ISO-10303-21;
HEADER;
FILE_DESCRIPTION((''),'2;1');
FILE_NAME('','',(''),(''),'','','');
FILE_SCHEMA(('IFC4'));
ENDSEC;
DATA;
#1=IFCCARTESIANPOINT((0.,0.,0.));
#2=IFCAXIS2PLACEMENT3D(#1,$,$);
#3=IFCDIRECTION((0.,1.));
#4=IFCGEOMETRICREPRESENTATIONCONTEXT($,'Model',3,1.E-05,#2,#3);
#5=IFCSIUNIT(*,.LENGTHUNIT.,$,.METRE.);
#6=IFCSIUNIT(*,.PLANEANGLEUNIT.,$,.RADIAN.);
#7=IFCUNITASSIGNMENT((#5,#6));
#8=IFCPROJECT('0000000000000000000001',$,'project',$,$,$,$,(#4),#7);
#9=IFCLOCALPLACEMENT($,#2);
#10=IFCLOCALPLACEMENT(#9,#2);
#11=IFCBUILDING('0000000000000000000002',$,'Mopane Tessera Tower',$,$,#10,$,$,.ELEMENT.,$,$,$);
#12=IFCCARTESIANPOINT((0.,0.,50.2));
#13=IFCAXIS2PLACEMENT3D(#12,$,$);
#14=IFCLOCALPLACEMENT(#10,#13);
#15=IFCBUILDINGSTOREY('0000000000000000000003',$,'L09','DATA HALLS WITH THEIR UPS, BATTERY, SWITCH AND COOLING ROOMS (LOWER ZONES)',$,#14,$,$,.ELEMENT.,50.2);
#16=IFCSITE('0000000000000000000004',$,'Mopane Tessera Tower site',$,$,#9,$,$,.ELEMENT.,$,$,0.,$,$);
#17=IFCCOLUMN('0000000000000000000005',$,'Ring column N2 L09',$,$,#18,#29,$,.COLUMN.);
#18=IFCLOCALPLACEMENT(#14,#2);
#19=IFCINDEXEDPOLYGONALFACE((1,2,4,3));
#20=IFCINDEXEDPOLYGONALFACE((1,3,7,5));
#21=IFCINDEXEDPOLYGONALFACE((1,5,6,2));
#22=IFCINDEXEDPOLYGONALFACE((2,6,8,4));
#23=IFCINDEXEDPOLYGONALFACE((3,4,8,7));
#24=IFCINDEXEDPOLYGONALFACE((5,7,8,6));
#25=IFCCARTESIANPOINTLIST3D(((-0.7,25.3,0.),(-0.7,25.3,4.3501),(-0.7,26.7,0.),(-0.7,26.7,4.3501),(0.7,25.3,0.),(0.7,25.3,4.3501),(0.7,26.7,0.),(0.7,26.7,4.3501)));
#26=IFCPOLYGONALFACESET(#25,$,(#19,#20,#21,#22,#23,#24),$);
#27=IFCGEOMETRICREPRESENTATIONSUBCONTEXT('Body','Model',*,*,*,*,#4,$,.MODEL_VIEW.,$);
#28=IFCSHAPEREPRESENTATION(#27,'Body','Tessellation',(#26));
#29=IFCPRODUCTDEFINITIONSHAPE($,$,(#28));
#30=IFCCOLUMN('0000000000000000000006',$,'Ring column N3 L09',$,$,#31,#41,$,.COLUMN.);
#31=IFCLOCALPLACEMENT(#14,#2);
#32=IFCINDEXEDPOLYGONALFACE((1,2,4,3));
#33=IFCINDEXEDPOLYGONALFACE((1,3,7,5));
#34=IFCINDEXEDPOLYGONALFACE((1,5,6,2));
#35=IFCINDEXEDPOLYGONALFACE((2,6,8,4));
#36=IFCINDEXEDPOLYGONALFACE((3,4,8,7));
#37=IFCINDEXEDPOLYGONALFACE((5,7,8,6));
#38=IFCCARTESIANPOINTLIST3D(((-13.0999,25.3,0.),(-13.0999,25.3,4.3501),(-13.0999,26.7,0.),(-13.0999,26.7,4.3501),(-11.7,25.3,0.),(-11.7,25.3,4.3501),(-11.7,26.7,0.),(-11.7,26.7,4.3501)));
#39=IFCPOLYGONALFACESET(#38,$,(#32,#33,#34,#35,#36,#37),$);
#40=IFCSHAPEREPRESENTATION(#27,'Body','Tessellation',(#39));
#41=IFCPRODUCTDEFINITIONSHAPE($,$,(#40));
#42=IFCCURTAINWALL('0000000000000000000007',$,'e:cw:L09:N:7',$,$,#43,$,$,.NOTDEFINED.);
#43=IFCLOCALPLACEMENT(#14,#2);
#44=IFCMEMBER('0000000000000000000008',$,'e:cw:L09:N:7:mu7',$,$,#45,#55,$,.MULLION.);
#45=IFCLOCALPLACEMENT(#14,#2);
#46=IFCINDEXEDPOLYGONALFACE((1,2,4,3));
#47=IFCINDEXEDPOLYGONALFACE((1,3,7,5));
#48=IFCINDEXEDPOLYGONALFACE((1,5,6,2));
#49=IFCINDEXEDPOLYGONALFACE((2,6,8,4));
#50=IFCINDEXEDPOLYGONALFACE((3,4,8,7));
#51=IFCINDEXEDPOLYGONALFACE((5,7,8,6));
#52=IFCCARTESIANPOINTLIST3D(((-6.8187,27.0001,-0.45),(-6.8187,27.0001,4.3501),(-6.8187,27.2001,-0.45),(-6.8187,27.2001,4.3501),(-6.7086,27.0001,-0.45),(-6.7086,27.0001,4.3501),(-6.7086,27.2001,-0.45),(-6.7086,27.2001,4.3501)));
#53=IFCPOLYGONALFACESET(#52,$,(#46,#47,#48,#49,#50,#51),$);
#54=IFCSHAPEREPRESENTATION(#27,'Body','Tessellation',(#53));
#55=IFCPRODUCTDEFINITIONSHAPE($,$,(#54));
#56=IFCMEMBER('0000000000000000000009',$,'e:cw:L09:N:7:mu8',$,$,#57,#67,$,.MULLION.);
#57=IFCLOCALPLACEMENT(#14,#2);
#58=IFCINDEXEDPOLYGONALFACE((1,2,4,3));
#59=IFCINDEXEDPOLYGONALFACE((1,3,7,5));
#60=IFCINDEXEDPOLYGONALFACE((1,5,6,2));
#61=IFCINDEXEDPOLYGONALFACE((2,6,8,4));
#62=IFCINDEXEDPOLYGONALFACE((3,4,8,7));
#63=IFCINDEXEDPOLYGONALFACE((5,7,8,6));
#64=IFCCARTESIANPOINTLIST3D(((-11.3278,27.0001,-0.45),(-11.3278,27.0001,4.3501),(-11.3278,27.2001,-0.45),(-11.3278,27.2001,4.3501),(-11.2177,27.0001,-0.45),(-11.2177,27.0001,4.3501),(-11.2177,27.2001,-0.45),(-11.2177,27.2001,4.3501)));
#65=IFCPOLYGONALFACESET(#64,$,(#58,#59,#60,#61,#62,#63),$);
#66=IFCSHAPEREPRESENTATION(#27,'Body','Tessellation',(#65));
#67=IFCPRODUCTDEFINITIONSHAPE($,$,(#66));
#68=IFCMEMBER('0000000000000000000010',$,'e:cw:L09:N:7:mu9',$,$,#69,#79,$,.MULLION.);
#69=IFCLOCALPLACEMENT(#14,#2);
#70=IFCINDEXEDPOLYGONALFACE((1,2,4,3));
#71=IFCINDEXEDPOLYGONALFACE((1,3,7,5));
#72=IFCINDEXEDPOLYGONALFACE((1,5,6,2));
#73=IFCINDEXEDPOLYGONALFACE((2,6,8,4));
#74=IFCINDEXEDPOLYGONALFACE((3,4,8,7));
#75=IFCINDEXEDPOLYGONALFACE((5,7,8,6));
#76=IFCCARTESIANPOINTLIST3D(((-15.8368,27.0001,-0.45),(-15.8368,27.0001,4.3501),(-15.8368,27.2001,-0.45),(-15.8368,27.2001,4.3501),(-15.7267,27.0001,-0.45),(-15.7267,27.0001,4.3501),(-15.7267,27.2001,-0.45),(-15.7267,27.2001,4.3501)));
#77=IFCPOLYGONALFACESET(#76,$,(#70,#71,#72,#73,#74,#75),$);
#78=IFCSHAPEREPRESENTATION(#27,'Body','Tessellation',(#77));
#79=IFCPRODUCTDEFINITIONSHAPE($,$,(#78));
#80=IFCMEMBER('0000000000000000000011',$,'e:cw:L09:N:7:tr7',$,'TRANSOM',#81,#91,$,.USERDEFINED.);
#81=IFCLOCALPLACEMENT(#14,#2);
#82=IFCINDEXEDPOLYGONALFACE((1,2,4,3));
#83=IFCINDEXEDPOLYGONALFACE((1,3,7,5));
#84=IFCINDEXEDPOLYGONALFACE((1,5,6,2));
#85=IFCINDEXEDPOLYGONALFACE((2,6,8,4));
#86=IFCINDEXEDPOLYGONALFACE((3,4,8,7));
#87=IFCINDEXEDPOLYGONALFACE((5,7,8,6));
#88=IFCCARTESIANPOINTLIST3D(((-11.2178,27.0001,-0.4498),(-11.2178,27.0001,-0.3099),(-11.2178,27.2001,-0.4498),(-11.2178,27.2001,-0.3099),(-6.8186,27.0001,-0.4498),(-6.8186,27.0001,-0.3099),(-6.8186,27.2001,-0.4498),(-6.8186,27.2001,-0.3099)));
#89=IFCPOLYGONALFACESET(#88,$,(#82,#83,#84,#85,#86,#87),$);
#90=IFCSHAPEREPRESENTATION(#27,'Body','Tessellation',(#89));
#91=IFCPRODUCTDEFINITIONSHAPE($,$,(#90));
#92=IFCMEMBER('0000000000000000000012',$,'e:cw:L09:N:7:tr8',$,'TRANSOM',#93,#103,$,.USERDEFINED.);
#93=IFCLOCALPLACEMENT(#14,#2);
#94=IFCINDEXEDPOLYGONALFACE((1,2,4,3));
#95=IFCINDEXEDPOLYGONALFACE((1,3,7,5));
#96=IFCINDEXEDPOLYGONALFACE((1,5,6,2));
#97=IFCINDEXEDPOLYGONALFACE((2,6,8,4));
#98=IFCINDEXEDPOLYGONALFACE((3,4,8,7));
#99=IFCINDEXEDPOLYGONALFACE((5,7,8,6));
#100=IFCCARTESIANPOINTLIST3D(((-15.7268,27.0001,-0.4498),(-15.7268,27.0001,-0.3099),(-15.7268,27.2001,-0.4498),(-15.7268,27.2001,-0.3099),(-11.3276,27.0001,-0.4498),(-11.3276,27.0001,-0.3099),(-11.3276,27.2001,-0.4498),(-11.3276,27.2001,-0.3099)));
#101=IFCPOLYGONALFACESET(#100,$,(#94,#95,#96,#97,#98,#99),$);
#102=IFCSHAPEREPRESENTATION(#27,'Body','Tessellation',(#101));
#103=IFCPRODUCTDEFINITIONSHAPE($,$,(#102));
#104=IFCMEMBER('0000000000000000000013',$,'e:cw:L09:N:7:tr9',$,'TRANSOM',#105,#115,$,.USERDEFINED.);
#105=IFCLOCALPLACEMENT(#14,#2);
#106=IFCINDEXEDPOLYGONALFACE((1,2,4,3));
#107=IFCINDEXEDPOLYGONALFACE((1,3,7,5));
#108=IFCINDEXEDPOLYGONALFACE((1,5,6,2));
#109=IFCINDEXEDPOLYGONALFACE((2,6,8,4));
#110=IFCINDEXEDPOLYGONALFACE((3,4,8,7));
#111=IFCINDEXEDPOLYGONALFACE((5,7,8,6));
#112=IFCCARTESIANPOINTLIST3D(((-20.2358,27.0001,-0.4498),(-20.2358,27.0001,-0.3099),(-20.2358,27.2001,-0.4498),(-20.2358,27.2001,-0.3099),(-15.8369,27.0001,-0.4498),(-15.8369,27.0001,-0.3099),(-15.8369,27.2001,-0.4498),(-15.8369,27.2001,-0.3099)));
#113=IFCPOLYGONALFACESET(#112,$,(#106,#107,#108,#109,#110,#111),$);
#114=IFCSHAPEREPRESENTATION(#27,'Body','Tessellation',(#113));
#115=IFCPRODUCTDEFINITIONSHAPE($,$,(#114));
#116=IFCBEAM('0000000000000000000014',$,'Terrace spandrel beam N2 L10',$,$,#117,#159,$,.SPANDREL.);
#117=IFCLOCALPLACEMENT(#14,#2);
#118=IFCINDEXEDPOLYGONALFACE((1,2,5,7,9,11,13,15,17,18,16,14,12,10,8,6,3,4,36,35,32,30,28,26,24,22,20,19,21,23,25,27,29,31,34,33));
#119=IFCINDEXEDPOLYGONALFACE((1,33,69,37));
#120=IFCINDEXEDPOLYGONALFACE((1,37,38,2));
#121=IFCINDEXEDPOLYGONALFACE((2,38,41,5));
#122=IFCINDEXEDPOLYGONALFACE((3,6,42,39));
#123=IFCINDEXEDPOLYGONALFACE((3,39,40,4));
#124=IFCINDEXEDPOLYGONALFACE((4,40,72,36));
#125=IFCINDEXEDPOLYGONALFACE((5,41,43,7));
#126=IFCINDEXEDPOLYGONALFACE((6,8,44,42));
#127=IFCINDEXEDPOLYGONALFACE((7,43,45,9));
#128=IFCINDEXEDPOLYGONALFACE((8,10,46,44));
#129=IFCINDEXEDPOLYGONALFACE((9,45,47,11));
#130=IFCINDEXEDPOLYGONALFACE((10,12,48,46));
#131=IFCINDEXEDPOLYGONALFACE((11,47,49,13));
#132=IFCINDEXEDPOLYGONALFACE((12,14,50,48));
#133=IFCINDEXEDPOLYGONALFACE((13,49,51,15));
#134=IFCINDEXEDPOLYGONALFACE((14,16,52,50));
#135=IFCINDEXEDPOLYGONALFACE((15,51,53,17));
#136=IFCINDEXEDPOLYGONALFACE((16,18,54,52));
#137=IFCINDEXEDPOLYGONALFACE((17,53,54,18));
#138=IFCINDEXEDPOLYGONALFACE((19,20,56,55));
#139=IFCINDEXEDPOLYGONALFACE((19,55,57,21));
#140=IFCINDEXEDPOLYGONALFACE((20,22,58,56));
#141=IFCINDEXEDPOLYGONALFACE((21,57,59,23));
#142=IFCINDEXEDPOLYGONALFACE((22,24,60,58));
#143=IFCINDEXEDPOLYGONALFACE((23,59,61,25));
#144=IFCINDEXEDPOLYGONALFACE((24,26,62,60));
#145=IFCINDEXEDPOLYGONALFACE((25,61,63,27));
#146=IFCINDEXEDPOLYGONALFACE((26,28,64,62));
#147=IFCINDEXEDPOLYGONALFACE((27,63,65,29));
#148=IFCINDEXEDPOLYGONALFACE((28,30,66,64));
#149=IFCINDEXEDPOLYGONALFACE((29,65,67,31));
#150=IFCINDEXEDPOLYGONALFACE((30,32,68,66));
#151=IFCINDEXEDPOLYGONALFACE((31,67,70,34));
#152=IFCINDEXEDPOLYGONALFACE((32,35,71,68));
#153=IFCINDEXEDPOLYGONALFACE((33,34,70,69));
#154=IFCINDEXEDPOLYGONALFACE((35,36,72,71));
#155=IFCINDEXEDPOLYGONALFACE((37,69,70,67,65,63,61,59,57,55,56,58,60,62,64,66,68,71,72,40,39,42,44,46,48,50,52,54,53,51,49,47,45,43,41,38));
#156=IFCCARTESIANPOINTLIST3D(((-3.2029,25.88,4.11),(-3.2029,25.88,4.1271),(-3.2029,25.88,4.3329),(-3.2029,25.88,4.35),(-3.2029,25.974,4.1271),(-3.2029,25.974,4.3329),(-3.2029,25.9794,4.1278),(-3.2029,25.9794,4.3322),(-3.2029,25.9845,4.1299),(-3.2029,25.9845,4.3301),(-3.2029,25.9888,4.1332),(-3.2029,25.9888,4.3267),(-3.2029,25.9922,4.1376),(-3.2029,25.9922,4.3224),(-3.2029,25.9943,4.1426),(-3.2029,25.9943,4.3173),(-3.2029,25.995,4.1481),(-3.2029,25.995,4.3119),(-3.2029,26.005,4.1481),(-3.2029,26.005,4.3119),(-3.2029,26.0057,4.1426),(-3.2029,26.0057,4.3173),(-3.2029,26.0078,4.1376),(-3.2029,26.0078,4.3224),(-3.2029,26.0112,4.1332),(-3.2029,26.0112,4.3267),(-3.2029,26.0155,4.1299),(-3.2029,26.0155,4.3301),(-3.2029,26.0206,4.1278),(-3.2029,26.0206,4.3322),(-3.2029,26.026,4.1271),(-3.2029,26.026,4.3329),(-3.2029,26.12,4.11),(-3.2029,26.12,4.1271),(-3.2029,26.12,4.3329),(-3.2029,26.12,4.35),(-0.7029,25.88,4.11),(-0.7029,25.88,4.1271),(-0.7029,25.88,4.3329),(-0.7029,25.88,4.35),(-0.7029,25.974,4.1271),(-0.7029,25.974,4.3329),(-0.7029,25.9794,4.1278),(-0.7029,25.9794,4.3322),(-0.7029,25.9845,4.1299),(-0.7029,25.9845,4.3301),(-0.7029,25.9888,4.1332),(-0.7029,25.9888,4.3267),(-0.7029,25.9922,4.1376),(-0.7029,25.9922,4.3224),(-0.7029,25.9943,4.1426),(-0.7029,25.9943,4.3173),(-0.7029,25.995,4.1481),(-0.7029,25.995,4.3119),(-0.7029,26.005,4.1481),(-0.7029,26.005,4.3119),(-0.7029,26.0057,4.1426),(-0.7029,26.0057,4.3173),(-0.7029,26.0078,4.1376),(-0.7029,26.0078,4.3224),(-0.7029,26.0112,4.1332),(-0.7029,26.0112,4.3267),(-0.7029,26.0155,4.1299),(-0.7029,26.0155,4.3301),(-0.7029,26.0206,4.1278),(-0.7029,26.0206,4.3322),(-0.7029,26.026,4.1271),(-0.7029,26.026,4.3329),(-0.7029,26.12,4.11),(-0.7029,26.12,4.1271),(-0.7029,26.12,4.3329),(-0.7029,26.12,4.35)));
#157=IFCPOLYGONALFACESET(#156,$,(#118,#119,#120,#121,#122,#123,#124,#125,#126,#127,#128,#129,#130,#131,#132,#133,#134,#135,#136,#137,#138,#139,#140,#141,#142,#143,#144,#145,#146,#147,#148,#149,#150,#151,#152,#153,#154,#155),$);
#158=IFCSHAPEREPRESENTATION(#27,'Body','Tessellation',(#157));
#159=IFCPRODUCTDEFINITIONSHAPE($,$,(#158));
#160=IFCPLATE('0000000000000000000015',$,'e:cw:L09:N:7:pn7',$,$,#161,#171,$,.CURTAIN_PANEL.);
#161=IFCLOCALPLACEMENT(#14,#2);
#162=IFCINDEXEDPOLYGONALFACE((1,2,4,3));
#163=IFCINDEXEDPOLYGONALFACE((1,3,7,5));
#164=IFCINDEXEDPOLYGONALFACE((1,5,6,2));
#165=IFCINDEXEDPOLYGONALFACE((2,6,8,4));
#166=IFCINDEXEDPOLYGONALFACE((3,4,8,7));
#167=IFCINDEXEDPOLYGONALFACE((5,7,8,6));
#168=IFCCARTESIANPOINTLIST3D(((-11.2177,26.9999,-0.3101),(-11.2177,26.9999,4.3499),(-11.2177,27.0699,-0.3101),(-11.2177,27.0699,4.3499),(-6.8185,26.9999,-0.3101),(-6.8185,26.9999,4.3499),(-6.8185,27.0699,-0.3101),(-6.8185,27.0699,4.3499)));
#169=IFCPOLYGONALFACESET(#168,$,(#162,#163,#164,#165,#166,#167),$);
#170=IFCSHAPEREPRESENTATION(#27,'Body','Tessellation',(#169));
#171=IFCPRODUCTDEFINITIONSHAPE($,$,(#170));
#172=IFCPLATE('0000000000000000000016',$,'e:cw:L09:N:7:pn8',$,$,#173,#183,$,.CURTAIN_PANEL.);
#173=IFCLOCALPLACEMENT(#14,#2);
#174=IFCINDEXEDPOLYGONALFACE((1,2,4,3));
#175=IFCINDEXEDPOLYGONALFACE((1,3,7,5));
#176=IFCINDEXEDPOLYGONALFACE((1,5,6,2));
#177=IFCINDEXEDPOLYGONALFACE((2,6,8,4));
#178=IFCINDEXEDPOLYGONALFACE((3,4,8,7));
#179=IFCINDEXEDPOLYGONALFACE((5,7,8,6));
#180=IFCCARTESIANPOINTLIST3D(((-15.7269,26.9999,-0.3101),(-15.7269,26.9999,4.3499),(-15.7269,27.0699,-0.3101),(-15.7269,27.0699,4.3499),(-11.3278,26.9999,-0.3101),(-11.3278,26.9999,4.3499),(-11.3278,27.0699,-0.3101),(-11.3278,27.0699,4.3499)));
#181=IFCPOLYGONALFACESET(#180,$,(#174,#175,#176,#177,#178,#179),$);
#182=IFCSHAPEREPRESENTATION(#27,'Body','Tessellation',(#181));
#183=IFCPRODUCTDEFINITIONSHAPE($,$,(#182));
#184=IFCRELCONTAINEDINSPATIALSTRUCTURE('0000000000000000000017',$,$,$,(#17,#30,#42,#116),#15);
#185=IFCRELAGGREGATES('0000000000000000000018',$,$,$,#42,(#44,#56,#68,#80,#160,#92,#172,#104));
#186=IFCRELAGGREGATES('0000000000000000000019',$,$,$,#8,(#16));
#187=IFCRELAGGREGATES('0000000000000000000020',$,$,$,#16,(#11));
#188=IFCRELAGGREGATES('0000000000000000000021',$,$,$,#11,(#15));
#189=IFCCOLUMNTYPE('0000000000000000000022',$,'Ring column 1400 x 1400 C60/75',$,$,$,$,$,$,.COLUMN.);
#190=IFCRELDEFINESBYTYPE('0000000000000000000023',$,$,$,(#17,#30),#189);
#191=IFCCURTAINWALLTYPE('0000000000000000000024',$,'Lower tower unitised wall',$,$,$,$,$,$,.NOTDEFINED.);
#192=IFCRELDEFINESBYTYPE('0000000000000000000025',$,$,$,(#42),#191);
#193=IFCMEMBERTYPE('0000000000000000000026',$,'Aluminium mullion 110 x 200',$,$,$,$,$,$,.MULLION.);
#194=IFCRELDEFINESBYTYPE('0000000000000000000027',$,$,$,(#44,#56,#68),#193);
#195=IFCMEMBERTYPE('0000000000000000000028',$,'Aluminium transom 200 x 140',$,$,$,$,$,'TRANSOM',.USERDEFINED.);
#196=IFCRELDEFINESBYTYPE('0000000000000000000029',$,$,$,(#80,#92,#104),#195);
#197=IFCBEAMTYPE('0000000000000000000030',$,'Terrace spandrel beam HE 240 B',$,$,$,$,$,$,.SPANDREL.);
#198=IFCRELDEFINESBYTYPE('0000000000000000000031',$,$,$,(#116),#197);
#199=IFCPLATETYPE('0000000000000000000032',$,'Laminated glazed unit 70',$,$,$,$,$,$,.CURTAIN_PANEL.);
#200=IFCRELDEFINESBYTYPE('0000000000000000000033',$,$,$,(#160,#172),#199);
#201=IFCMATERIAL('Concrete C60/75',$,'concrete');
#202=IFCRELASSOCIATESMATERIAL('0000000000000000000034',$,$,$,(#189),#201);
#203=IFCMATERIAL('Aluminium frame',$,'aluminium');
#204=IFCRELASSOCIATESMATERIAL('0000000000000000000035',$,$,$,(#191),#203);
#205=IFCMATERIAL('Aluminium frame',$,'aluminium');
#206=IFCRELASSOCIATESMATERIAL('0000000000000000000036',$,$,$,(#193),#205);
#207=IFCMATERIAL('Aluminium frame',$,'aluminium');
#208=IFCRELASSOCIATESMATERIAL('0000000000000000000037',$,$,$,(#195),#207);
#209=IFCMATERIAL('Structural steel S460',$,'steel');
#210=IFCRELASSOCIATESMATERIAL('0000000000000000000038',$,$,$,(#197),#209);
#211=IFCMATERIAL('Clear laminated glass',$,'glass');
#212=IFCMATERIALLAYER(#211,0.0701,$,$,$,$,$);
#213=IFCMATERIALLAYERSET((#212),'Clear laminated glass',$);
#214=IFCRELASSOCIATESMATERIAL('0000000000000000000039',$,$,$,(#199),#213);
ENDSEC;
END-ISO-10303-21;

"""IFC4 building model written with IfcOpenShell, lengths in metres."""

from ifc_helpers import new_model, si_unit, direction, frame, origin, origin_2d, place, context, subcontext, project, spatial, rectangle, i_section, extrude, material, layer, layer_set, material_profile, profile_set, type_object, element, aggregate, save


model = new_model("IFC4")

# Units and contexts
model_context = context("Model", 3, precision=1e-05, world=origin(), true_north=direction((0.0, 1.0)))
body_context = subcontext(model_context, "Body", "Model", "MODEL_VIEW")
ifc_project = project(units=[si_unit("LENGTHUNIT", "METRE"), si_unit("PLANEANGLEUNIT", "RADIAN")], contexts=[model_context])

# Site, building, storey
site_placement = place(None, origin())
site = spatial("IfcSite", under=ifc_project, at=site_placement, Name="Mopane Tessera Tower site", CompositionType="ELEMENT", RefElevation=0.0)
building_placement = place(site_placement, origin())
building = spatial("IfcBuilding", under=site, at=building_placement, Name="Mopane Tessera Tower", CompositionType="ELEMENT")
storey_placement = place(building_placement, frame((0.0, 0.0, 50.2)))
storey = spatial("IfcBuildingStorey", under=building, at=storey_placement, Name="L09", Description="DATA HALLS WITH THEIR UPS, BATTERY, SWITCH AND COOLING ROOMS (LOWER ZONES)", CompositionType="ELEMENT", Elevation=50.2)

# Columns
ifc_material_1 = material(Name="Concrete C60/75", Category="concrete")
ifc_material_profile_1 = material_profile(ifc_material_1, rectangle(XDim=1.3999, YDim=1.3999, at=origin_2d()))
ifc_profile_set_1 = profile_set([ifc_material_profile_1], Name="Concrete C60/75")
column_type = type_object("IfcColumnType", Name="Ring column 1400 x 1400 C60/75", PredefinedType="COLUMN", material=ifc_profile_set_1)
for number, where, z_axis, x_axis, name in (
    (1, (0.0, 26.0, 0.0), (0.0, 0.0, 1.0), (1.0, 0.0, 0.0), "Ring column N2 L09"),
    (2, (-12.3999, 26.0, 0.0), (0.0, 0.0, 1.0), (1.0, 0.0, 0.0), "Ring column N3 L09"),
):
    element("IfcColumn", number, at=place(storey_placement, frame(where, z_axis=z_axis, x_axis=x_axis)), inside=storey, type_object=column_type, Name=name, PredefinedType="COLUMN", context=body_context, shape_type="SweptSolid", body=[
        extrude(rectangle(XDim=1.3999, YDim=1.3999, at=origin_2d()), origin(), (0.0, 0.0, 1.0), 4.3501),
    ])

# Curtain wall, members
ifc_material_2 = material(Name="Aluminium frame", Category="aluminium")
curtain_wall_type = type_object("IfcCurtainWallType", Name="Lower tower unitised wall", PredefinedType="NOTDEFINED", material=ifc_material_2)
curtain_wall_placement = place(storey_placement, origin())
curtain_wall = element("IfcCurtainWall", 3, at=curtain_wall_placement, inside=storey, type_object=curtain_wall_type, Name="e:cw:L09:N:7", PredefinedType="NOTDEFINED")
ifc_material_3 = material(Name="Aluminium frame", Category="aluminium")
ifc_material_profile_2 = material_profile(ifc_material_3, rectangle(XDim=0.1101, YDim=0.2, at=origin_2d()))
ifc_profile_set_2 = profile_set([ifc_material_profile_2], Name="Aluminium frame")
member_type_1 = type_object("IfcMemberType", Name="Aluminium mullion 110 x 200", PredefinedType="MULLION", material=ifc_profile_set_2)
member_1_placement = place(storey_placement, frame((-6.7637, 27.1001, -0.45), z_axis=(0.0, 0.0, 1.0), x_axis=(-1.0, 0.0, 0.0)))
member_1 = element("IfcMember", 4, at=member_1_placement, type_object=member_type_1, Name="e:cw:L09:N:7:mu7", PredefinedType="MULLION", context=body_context, shape_type="SweptSolid", body=[
    extrude(rectangle(XDim=0.1101, YDim=0.2, at=origin_2d()), origin(), (0.0, 0.0, 1.0), 4.8),
])
member_2_placement = place(storey_placement, frame((-11.2727, 27.1001, -0.45), z_axis=(0.0, 0.0, 1.0), x_axis=(-1.0, 0.0, 0.0)))
member_2 = element("IfcMember", 5, at=member_2_placement, type_object=member_type_1, Name="e:cw:L09:N:7:mu8", PredefinedType="MULLION", context=body_context, shape_type="SweptSolid", body=[
    extrude(rectangle(XDim=0.1101, YDim=0.2, at=origin_2d()), origin(), (0.0, 0.0, 1.0), 4.8),
])
member_3_placement = place(storey_placement, frame((-15.7817, 27.1001, -0.45), z_axis=(0.0, 0.0, 1.0), x_axis=(-1.0, 0.0, 0.0)))
member_3 = element("IfcMember", 6, at=member_3_placement, type_object=member_type_1, Name="e:cw:L09:N:7:mu9", PredefinedType="MULLION", context=body_context, shape_type="SweptSolid", body=[
    extrude(rectangle(XDim=0.1101, YDim=0.2, at=origin_2d()), origin(), (0.0, 0.0, 1.0), 4.8),
])
ifc_material_4 = material(Name="Aluminium frame", Category="aluminium")
ifc_material_profile_3 = material_profile(ifc_material_4, rectangle(XDim=0.2, YDim=0.1399, at=origin_2d()))
ifc_profile_set_3 = profile_set([ifc_material_profile_3], Name="Aluminium frame")
member_type_2 = type_object("IfcMemberType", Name="Aluminium transom 200 x 140", ElementType="TRANSOM", PredefinedType="USERDEFINED", material=ifc_profile_set_3)
member_4_placement = place(storey_placement, frame((-6.8186, 27.1001, -0.3799), z_axis=(-1.0, 0.0, 0.0), x_axis=(0.0, -1.0, 0.0)))
member_4 = element("IfcMember", 7, at=member_4_placement, type_object=member_type_2, Name="e:cw:L09:N:7:tr7", ObjectType="TRANSOM", PredefinedType="USERDEFINED", context=body_context, shape_type="SweptSolid", body=[
    extrude(rectangle(XDim=0.2, YDim=0.1399, at=origin_2d()), origin(), (0.0, 0.0, 1.0), 4.3992),
])
member_5_placement = place(storey_placement, frame((-11.3276, 27.1001, -0.3799), z_axis=(-1.0, 0.0, 0.0), x_axis=(0.0, -1.0, 0.0)))
member_5 = element("IfcMember", 8, at=member_5_placement, type_object=member_type_2, Name="e:cw:L09:N:7:tr8", ObjectType="TRANSOM", PredefinedType="USERDEFINED", context=body_context, shape_type="SweptSolid", body=[
    extrude(rectangle(XDim=0.2, YDim=0.1399, at=origin_2d()), origin(), (0.0, 0.0, 1.0), 4.3992),
])
member_6_placement = place(storey_placement, frame((-15.8369, 27.1001, -0.3799), z_axis=(-1.0, 0.0, 0.0), x_axis=(0.0, -1.0, 0.0)))
member_6 = element("IfcMember", 9, at=member_6_placement, type_object=member_type_2, Name="e:cw:L09:N:7:tr9", ObjectType="TRANSOM", PredefinedType="USERDEFINED", context=body_context, shape_type="SweptSolid", body=[
    extrude(rectangle(XDim=0.2, YDim=0.1399, at=origin_2d()), origin(), (0.0, 0.0, 1.0), 4.3989),
])

# Beam
ifc_material_5 = material(Name="Structural steel S460", Category="steel")
ifc_material_profile_4 = material_profile(ifc_material_5, i_section(OverallWidth=0.24, OverallDepth=0.24, WebThickness=0.01, FlangeThickness=0.0171, FilletRadius=0.021, at=origin_2d()))
ifc_profile_set_4 = profile_set([ifc_material_profile_4], Name="Structural steel S460")
beam_type = type_object("IfcBeamType", Name="Terrace spandrel beam HE 240 B", PredefinedType="SPANDREL", material=ifc_profile_set_4)
beam_placement = place(storey_placement, frame((-0.7029, 26.0, 4.23), z_axis=(-1.0, 0.0, 0.0), x_axis=(0.0, -1.0, 0.0)))
element("IfcBeam", 10, at=beam_placement, inside=storey, type_object=beam_type, Name="Terrace spandrel beam N2 L10", PredefinedType="SPANDREL", context=body_context, shape_type="SweptSolid", body=[
    extrude(i_section(OverallWidth=0.24, OverallDepth=0.24, WebThickness=0.01, FlangeThickness=0.0171, FilletRadius=0.021, at=origin_2d()), origin(), (0.0, 0.0, 1.0), 2.5),
])

# Plates
ifc_material_6 = material(Name="Clear laminated glass", Category="glass")
ifc_layer_1 = layer(ifc_material_6, 0.0701)
ifc_layer_set_1 = layer_set([ifc_layer_1], Name="Clear laminated glass")
plate_type = type_object("IfcPlateType", Name="Laminated glazed unit 70", PredefinedType="CURTAIN_PANEL", material=ifc_layer_set_1)
plate_1_placement = place(storey_placement, frame((-9.0181, 27.0349, -0.3101), z_axis=(0.0, 0.0, 1.0), x_axis=(-1.0, 0.0, 0.0)))
plate_1 = element("IfcPlate", 11, at=plate_1_placement, type_object=plate_type, Name="e:cw:L09:N:7:pn7", PredefinedType="CURTAIN_PANEL", context=body_context, shape_type="SweptSolid", body=[
    extrude(rectangle(XDim=4.3992, YDim=0.0701, at=origin_2d()), origin(), (0.0, 0.0, 1.0), 4.6599),
])
plate_2_placement = place(storey_placement, frame((-13.5273, 27.0349, -0.3101), z_axis=(0.0, 0.0, 1.0), x_axis=(-1.0, 0.0, 0.0)))
plate_2 = element("IfcPlate", 12, at=plate_2_placement, type_object=plate_type, Name="e:cw:L09:N:7:pn8", PredefinedType="CURTAIN_PANEL", context=body_context, shape_type="SweptSolid", body=[
    extrude(rectangle(XDim=4.3992, YDim=0.0701, at=origin_2d()), origin(), (0.0, 0.0, 1.0), 4.6599),
])
aggregate(curtain_wall, [member_1, member_2, member_3, member_4, plate_1, member_5, plate_2, member_6])

save(model, "model.ifc")
